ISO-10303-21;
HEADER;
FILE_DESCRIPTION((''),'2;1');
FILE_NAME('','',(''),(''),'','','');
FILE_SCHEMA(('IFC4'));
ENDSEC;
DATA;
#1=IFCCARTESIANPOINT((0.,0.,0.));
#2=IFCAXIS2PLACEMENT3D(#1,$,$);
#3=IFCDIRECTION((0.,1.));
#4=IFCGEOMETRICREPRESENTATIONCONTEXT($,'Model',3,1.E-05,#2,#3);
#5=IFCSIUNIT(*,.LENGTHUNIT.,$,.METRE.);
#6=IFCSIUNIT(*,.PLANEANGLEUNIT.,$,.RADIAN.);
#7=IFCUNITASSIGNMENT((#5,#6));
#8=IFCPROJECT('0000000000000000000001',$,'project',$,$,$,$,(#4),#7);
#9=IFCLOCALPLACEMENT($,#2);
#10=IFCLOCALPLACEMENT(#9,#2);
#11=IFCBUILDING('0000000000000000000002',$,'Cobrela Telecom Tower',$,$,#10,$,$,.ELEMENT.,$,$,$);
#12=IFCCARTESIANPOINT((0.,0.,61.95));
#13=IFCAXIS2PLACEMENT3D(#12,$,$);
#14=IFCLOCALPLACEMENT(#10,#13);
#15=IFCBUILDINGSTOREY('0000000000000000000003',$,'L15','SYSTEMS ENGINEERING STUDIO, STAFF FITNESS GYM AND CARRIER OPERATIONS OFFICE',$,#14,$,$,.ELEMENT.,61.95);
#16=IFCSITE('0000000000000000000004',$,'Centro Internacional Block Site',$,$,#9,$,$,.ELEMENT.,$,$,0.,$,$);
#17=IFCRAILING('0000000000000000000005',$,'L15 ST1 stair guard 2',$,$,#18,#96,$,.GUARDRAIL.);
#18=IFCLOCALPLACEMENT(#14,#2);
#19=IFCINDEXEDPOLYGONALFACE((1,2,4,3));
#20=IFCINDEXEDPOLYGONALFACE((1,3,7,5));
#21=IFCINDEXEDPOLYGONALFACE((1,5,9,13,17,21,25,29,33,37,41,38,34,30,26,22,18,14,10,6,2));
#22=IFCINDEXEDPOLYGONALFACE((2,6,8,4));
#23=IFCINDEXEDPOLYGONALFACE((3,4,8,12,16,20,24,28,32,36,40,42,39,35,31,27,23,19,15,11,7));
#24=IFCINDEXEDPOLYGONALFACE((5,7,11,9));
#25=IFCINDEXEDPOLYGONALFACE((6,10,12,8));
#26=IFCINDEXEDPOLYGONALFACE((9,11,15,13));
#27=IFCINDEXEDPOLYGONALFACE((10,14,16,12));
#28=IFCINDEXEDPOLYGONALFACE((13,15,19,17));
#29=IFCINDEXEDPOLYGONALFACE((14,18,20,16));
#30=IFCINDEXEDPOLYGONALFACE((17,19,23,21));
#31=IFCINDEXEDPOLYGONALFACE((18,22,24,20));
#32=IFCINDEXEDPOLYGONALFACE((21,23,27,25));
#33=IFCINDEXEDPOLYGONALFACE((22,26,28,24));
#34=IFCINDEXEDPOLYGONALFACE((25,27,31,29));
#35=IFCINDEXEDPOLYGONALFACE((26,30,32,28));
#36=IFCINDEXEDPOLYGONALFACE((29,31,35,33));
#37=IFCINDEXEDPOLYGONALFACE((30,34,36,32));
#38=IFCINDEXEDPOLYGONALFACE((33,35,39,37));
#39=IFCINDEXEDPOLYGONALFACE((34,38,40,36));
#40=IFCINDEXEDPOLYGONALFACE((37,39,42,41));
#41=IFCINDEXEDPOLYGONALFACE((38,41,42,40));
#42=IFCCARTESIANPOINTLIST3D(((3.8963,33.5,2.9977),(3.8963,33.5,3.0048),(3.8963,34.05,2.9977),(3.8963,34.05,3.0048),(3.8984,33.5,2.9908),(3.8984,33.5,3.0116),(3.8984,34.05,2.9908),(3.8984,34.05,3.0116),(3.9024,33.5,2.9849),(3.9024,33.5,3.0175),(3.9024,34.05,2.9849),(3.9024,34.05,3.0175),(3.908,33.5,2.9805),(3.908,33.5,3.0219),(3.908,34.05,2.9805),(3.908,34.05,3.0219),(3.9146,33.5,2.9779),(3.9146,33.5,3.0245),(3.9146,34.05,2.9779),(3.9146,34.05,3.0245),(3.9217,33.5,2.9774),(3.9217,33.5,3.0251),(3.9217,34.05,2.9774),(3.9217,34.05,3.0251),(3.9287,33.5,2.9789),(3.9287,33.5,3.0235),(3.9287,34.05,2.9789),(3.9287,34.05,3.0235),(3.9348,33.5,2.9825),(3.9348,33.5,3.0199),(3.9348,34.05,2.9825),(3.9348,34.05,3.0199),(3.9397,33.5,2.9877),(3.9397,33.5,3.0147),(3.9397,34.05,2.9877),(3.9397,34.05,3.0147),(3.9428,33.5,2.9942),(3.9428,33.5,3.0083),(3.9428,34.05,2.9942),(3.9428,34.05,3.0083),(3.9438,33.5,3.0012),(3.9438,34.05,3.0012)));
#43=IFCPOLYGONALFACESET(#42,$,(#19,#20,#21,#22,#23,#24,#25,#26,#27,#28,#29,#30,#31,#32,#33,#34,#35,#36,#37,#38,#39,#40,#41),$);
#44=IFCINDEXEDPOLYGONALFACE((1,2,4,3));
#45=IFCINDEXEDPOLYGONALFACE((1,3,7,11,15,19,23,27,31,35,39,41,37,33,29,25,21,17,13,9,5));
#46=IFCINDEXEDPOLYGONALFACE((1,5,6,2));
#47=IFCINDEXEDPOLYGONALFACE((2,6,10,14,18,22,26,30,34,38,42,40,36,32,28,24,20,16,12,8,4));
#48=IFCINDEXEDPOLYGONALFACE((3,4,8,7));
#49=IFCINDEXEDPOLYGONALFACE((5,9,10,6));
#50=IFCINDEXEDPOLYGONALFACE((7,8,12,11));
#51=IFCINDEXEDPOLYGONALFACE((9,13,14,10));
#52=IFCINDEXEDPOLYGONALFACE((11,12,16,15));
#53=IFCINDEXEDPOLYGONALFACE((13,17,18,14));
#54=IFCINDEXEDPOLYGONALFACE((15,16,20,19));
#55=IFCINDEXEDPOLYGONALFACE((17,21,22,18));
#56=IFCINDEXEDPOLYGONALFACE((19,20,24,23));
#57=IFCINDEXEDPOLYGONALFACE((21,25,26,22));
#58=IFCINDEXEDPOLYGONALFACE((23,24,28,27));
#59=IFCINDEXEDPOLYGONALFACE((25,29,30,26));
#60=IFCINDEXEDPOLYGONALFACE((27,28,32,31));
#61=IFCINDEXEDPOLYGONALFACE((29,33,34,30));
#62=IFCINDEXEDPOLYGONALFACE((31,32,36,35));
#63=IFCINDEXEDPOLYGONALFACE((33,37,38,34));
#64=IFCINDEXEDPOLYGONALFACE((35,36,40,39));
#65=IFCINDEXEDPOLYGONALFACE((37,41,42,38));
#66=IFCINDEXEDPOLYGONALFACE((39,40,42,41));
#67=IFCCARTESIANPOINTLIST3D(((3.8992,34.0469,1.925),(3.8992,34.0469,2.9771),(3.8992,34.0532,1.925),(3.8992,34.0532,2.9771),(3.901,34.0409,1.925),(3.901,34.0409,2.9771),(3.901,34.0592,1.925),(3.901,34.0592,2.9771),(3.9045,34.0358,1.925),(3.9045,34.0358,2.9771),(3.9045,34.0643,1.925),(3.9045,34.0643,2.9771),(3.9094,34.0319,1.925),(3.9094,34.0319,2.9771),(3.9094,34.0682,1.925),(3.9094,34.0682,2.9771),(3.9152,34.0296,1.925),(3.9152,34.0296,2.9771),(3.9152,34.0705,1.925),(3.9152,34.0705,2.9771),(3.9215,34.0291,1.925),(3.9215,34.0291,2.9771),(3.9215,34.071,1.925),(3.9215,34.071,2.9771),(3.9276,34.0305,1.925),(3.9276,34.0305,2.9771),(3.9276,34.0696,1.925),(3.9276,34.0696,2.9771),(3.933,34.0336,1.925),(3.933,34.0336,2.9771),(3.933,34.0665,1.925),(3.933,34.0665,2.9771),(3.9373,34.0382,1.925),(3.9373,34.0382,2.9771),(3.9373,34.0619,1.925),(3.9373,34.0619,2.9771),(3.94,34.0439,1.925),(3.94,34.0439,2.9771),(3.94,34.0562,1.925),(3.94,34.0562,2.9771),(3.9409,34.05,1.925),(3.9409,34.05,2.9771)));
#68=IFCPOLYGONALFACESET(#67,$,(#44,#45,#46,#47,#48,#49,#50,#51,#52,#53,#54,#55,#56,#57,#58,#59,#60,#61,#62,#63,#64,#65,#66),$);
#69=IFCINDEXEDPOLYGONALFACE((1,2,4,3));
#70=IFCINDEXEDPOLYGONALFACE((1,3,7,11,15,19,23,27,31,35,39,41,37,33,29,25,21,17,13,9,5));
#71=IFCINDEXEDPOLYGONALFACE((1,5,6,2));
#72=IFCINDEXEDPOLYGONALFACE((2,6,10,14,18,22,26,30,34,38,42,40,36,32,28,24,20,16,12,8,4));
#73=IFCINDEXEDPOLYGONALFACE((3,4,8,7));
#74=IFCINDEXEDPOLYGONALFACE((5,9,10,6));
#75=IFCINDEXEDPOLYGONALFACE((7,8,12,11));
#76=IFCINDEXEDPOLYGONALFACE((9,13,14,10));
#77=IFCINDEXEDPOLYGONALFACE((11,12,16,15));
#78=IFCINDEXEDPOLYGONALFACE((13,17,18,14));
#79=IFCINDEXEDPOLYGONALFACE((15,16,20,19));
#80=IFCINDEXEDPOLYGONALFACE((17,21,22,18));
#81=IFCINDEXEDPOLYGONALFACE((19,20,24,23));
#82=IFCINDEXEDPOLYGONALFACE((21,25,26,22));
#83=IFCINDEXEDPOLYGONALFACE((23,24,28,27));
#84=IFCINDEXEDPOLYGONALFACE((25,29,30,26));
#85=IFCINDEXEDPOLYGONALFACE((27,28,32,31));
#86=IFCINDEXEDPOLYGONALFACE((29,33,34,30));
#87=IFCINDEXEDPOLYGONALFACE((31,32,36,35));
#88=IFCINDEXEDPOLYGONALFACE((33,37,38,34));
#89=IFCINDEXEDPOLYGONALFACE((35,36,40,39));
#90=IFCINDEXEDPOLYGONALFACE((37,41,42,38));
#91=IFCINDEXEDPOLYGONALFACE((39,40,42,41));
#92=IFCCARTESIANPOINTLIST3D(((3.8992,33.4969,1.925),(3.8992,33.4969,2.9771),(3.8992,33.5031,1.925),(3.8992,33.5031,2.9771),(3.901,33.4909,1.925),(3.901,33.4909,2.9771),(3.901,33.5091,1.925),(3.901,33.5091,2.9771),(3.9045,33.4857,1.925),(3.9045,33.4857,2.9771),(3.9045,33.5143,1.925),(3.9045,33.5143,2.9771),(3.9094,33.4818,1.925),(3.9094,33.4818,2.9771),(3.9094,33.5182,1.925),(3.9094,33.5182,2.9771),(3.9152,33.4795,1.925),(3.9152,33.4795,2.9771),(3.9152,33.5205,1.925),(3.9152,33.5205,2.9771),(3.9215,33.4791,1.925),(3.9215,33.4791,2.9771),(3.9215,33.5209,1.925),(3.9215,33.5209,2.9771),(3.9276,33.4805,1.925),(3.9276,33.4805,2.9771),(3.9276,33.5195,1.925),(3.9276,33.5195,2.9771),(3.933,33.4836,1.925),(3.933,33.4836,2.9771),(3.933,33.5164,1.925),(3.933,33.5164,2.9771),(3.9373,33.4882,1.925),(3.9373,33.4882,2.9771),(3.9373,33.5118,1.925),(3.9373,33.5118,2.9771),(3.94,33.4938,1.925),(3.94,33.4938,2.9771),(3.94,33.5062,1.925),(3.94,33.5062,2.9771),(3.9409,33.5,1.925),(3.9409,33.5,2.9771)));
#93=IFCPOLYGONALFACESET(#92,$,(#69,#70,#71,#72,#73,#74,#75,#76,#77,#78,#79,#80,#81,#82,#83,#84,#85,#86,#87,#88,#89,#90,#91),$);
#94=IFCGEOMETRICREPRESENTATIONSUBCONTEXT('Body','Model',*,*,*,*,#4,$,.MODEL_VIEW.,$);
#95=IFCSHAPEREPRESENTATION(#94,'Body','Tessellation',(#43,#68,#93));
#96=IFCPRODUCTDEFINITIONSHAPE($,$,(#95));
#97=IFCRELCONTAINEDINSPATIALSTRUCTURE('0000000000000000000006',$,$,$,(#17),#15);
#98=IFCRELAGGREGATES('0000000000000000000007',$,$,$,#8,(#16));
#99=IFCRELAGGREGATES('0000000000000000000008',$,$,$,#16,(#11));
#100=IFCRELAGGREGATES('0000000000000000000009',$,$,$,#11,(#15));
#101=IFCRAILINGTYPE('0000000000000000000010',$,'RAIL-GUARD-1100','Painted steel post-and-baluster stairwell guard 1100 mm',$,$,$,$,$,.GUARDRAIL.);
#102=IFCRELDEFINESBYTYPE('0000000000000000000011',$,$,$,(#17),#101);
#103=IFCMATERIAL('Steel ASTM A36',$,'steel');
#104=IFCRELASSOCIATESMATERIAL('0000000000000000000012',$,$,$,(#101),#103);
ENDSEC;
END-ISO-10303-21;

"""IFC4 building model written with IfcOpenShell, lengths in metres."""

from ifc_helpers import new_model, si_unit, direction, frame, origin, origin_2d, place, context, subcontext, project, spatial, circle, extrude, material, type_object, element, save


model = new_model("IFC4")

# Units and contexts
model_context = context("Model", 3, precision=1e-05, world=origin(), true_north=direction((0.0, 1.0)))
body_context = subcontext(model_context, "Body", "Model", "MODEL_VIEW")
ifc_project = project(units=[si_unit("LENGTHUNIT", "METRE"), si_unit("PLANEANGLEUNIT", "RADIAN")], contexts=[model_context])

# Site, building, storey
site_placement = place(None, origin())
site = spatial("IfcSite", under=ifc_project, at=site_placement, Name="Centro Internacional Block Site", CompositionType="ELEMENT", RefElevation=0.0)
building_placement = place(site_placement, origin())
building = spatial("IfcBuilding", under=site, at=building_placement, Name="Cobrela Telecom Tower", CompositionType="ELEMENT")
storey_placement = place(building_placement, frame((0.0, 0.0, 61.95)))
storey = spatial("IfcBuildingStorey", under=building, at=storey_placement, Name="L15", Description="SYSTEMS ENGINEERING STUDIO, STAFF FITNESS GYM AND CARRIER OPERATIONS OFFICE", CompositionType="ELEMENT", Elevation=61.95)

# Shared definitions
ifc_material_1 = material(Name="Steel ASTM A36", Category="steel")

# Railing
railing_type_1 = type_object("IfcRailingType", Name="RAIL-GUARD-1100", Description="Painted steel post-and-baluster stairwell guard 1100 mm", PredefinedType="GUARDRAIL", material=ifc_material_1)
railing_1_placement = place(storey_placement, frame((3.9199, 34.05, 1.925)))
element("IfcRailing", 1, at=railing_1_placement, inside=storey, type_object=railing_type_1, Name="L15 ST1 stair guard 2", PredefinedType="GUARDRAIL", context=body_context, shape_type="SweptSolid", body=[
    extrude(circle(Radius=0.0239, at=origin_2d()), frame((0.0, 0.0, 1.0762), z_axis=(0.0, -1.0, 0.0), x_axis=(1.0, 0.0, 0.0)), (0.0, 0.0, 1.0), 0.55),
    extrude(circle(Radius=0.021, at=origin_2d()), origin(), (0.0, 0.0, 1.0), 1.052),
    extrude(circle(Radius=0.021, at=origin_2d()), frame((0.0, -0.55, 0.0)), (0.0, 0.0, 1.0), 1.052),
])

save(model, "model.ifc")
